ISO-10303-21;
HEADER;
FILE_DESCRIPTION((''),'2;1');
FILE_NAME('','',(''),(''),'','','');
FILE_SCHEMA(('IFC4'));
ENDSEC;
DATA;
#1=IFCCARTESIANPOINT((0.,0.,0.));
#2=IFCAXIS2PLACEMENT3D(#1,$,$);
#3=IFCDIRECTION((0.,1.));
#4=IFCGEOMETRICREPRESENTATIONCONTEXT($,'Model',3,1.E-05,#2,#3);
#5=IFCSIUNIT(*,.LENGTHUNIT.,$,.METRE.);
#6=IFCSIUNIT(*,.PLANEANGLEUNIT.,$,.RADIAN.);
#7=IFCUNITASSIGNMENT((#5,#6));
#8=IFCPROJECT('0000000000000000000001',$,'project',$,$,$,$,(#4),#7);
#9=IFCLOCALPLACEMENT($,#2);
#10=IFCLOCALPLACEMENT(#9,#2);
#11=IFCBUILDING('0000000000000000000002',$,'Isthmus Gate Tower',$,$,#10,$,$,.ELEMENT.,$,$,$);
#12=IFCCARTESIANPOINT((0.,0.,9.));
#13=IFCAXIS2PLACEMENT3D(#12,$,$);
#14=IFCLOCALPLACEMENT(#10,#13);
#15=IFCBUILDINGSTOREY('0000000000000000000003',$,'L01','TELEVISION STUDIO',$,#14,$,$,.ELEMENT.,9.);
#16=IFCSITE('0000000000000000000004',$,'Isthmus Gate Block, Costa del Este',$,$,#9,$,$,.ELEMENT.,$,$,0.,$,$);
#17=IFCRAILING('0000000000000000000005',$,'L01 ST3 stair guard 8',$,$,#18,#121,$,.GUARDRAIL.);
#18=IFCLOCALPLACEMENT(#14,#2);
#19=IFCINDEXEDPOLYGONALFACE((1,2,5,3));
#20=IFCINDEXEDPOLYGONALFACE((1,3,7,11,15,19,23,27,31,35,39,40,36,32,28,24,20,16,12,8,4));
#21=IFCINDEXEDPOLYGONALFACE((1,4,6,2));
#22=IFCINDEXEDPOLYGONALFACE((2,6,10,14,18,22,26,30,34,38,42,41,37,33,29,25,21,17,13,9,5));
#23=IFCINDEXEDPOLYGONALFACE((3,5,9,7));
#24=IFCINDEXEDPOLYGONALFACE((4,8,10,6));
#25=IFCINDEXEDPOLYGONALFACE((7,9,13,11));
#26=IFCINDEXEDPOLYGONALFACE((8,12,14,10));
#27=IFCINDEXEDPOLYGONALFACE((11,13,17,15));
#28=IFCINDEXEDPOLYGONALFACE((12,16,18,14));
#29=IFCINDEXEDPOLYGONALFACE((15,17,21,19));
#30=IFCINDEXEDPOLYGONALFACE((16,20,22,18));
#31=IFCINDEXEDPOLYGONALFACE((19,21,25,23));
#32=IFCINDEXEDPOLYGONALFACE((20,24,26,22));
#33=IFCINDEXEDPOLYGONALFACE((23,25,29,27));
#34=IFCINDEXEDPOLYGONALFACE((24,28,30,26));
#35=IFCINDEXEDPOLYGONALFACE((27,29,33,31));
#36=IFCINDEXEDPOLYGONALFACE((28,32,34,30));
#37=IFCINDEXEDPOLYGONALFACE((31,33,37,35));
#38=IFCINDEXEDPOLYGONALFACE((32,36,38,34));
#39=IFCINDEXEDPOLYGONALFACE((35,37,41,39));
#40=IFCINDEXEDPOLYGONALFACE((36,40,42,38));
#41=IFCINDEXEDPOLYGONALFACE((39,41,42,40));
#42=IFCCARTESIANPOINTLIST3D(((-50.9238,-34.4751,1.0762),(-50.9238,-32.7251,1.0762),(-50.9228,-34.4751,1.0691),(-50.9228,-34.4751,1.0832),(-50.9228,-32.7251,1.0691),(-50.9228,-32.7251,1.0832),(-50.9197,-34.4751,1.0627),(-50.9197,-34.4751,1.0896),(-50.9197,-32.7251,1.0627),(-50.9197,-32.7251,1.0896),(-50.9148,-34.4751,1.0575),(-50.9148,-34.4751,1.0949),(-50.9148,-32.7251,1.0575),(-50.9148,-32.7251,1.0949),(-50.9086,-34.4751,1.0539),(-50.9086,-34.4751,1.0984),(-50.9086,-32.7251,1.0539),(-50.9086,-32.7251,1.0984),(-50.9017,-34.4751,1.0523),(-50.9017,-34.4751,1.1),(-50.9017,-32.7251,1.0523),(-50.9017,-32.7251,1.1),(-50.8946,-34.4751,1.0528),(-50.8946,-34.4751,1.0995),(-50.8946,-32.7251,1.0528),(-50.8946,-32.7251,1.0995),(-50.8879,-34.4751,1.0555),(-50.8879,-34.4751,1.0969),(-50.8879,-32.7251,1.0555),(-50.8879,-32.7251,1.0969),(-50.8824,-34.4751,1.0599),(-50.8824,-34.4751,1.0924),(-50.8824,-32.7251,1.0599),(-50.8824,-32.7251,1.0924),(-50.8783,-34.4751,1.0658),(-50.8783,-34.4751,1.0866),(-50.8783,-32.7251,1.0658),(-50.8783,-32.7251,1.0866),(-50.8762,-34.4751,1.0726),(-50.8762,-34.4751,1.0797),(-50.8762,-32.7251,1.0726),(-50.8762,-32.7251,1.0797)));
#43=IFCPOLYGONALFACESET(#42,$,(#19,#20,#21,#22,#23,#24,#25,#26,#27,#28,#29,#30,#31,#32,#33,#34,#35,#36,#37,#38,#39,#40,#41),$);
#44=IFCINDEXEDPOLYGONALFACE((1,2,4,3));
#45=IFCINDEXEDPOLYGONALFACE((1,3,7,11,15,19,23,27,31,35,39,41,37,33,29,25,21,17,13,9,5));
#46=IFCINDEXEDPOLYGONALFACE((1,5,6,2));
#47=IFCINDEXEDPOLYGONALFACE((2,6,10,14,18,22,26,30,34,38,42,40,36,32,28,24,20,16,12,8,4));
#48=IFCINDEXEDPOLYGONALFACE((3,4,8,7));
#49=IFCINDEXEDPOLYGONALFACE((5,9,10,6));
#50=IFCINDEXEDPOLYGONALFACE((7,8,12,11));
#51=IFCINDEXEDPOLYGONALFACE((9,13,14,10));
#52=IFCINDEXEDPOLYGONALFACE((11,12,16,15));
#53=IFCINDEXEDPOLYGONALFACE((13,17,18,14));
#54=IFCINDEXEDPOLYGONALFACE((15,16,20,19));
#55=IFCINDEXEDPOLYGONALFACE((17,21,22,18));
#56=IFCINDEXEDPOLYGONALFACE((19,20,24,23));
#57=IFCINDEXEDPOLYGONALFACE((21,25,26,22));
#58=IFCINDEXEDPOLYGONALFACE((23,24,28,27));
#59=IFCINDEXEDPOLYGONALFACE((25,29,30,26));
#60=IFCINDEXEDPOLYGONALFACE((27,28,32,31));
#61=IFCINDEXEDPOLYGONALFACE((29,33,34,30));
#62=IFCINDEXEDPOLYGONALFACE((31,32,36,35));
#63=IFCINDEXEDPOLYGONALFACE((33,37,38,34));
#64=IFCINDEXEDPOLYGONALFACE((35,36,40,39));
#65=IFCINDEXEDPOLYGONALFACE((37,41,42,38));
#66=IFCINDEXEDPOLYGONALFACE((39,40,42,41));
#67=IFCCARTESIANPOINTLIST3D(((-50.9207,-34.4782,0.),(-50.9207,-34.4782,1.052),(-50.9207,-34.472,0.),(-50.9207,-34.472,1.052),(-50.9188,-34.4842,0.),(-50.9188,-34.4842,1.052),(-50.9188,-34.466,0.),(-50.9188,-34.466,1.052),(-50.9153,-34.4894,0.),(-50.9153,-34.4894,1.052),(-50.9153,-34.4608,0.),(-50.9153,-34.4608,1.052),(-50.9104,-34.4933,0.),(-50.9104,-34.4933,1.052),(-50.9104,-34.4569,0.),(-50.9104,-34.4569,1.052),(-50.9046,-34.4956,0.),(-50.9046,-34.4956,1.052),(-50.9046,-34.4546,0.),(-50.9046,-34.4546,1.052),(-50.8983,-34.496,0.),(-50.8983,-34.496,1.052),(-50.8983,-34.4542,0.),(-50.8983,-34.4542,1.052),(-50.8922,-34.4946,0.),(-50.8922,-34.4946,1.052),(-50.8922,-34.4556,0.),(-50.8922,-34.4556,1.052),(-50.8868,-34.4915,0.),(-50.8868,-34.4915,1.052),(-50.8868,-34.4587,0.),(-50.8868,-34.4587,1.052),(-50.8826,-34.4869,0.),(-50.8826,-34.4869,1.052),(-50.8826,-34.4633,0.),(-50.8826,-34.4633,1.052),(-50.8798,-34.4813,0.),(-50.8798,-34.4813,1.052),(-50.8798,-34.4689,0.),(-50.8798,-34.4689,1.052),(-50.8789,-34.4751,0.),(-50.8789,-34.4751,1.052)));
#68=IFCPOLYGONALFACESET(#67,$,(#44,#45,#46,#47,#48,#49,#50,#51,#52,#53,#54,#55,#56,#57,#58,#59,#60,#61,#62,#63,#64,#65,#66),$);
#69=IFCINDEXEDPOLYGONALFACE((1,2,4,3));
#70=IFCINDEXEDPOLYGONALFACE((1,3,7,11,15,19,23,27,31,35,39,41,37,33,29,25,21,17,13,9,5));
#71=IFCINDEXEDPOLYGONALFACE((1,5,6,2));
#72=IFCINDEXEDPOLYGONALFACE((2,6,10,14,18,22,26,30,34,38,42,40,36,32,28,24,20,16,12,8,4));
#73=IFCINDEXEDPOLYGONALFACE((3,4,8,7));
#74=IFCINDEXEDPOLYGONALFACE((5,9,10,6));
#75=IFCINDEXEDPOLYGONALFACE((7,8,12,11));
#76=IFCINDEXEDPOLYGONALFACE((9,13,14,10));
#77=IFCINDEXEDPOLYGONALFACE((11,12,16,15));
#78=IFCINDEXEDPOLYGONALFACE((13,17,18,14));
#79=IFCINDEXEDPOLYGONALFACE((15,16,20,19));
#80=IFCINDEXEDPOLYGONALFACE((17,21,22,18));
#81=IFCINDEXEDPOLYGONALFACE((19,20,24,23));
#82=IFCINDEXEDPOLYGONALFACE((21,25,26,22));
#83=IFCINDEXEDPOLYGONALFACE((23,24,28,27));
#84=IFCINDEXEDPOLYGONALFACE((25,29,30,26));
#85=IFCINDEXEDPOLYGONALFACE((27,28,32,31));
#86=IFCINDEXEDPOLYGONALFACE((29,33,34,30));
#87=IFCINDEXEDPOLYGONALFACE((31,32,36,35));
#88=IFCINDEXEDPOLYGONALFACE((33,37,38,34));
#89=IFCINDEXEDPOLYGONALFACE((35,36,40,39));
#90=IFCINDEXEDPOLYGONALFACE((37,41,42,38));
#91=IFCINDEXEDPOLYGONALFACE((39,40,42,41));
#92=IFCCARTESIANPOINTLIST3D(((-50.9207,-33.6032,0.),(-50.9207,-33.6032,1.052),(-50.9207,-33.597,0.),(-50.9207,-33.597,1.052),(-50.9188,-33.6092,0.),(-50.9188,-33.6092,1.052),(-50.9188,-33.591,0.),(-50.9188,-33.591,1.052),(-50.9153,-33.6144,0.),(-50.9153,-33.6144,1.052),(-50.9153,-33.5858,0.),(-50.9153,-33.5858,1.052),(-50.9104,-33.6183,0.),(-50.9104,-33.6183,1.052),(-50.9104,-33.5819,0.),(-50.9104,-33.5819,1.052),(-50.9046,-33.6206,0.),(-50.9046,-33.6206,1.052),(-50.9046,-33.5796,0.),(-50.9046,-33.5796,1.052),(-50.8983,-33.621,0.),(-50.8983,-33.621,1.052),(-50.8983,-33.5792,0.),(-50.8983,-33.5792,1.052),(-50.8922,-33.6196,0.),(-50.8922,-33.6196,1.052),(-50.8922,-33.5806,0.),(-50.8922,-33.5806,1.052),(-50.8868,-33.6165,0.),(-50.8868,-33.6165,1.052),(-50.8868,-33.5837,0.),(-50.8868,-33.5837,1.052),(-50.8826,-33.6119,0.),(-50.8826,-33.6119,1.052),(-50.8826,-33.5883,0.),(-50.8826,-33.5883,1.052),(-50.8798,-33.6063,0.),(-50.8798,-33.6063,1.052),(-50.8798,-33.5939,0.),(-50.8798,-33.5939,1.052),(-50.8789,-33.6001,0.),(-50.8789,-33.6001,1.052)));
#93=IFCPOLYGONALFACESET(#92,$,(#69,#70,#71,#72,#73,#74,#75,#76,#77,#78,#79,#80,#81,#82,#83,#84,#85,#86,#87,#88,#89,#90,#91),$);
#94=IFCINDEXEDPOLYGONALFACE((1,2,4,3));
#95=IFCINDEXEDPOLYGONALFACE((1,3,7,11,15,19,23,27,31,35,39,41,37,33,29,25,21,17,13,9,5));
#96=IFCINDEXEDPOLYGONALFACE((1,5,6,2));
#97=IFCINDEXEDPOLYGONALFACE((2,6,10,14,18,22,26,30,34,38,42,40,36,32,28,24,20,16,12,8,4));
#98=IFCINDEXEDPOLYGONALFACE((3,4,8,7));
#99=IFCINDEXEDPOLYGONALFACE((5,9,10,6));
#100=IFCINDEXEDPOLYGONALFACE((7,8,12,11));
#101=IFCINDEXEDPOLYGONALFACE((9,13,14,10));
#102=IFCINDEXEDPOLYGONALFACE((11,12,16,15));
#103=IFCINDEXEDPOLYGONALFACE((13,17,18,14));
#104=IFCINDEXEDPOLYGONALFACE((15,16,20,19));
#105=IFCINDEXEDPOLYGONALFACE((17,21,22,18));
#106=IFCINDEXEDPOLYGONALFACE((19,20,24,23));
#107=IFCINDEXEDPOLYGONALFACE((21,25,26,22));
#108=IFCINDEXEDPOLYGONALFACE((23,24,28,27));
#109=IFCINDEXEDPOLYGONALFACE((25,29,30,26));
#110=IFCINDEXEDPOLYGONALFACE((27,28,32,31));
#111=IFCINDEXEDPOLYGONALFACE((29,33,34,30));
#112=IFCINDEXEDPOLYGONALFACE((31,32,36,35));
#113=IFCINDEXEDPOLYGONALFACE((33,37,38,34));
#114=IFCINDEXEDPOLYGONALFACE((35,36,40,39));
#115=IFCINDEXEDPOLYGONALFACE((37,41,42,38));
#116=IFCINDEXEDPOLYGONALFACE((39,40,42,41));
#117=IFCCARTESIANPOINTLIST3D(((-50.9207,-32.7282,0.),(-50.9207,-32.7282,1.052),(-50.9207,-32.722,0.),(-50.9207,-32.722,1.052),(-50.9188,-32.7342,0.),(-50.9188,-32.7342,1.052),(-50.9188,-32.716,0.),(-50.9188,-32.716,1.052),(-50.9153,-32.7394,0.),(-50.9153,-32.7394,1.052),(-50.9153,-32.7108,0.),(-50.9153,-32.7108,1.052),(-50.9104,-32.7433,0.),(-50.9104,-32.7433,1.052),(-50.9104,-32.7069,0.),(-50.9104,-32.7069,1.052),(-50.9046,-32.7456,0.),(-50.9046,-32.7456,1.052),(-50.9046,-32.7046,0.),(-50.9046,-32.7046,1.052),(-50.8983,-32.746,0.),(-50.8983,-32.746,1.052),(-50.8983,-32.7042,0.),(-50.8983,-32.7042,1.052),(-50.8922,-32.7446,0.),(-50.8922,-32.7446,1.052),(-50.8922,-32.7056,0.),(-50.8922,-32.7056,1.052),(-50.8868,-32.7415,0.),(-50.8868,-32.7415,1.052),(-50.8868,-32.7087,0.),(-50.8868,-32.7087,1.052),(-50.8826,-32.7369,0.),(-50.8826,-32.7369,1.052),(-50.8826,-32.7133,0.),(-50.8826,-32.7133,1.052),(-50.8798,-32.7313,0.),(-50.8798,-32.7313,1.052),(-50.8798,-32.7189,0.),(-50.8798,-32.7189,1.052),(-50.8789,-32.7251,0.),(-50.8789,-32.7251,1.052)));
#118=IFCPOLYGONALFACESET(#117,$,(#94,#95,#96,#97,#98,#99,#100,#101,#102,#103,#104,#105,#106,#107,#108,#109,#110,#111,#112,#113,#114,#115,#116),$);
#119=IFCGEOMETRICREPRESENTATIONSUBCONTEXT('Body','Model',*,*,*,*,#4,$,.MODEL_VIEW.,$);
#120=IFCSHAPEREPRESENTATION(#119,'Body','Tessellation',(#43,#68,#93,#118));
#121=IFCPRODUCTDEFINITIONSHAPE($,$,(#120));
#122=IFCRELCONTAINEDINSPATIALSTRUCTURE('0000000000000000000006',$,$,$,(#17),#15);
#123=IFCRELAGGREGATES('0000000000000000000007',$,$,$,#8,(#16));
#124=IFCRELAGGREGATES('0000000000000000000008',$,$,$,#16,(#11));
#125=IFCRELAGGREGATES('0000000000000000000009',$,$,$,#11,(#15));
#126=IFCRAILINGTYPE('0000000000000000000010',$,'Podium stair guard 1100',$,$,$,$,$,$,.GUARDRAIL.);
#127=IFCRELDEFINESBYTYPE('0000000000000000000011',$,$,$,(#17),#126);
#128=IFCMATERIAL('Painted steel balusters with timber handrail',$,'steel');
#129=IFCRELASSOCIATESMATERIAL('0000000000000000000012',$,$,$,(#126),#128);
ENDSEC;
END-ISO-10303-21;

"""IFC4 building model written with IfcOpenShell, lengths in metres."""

from ifc_helpers import new_model, si_unit, direction, frame, origin, origin_2d, place, context, subcontext, project, spatial, circle, extrude, material, type_object, element, save


model = new_model("IFC4")

# Units and contexts
model_context = context("Model", 3, precision=1e-05, world=origin(), true_north=direction((0.0, 1.0)))
body_context = subcontext(model_context, "Body", "Model", "MODEL_VIEW")
ifc_project = project(units=[si_unit("LENGTHUNIT", "METRE"), si_unit("PLANEANGLEUNIT", "RADIAN")], contexts=[model_context])

# Site, building, storey
site_placement = place(None, origin())
site = spatial("IfcSite", under=ifc_project, at=site_placement, Name="Isthmus Gate Block, Costa del Este", CompositionType="ELEMENT", RefElevation=0.0)
building_placement = place(site_placement, origin())
building = spatial("IfcBuilding", under=site, at=building_placement, Name="Isthmus Gate Tower", CompositionType="ELEMENT")
storey_placement = place(building_placement, frame((0.0, 0.0, 9.0)))
storey = spatial("IfcBuildingStorey", under=building, at=storey_placement, Name="L01", Description="TELEVISION STUDIO", CompositionType="ELEMENT", Elevation=9.0)

# Railing
ifc_material_1 = material(Name="Painted steel balusters with timber handrail", Category="steel")
railing_type_1 = type_object("IfcRailingType", Name="Podium stair guard 1100", PredefinedType="GUARDRAIL", material=ifc_material_1)
railing_1_placement = place(storey_placement, frame((-50.8999, -34.4751, 0.0)))
element("IfcRailing", 1, at=railing_1_placement, inside=storey, type_object=railing_type_1, Name="L01 ST3 stair guard 8", PredefinedType="GUARDRAIL", context=body_context, shape_type="SweptSolid", body=[
    extrude(circle(Radius=0.0239, at=origin_2d()), frame((0.0, 0.0, 1.0762), z_axis=(0.0, 1.0, 0.0), x_axis=(-1.0, 0.0, 0.0)), (0.0, 0.0, 1.0), 1.75),
    extrude(circle(Radius=0.021, at=origin_2d()), origin(), (0.0, 0.0, 1.0), 1.052),
    extrude(circle(Radius=0.021, at=origin_2d()), frame((0.0, 0.875, 0.0)), (0.0, 0.0, 1.0), 1.052),
    extrude(circle(Radius=0.021, at=origin_2d()), frame((0.0, 1.75, 0.0)), (0.0, 0.0, 1.0), 1.052),
])

save(model, "model.ifc")
